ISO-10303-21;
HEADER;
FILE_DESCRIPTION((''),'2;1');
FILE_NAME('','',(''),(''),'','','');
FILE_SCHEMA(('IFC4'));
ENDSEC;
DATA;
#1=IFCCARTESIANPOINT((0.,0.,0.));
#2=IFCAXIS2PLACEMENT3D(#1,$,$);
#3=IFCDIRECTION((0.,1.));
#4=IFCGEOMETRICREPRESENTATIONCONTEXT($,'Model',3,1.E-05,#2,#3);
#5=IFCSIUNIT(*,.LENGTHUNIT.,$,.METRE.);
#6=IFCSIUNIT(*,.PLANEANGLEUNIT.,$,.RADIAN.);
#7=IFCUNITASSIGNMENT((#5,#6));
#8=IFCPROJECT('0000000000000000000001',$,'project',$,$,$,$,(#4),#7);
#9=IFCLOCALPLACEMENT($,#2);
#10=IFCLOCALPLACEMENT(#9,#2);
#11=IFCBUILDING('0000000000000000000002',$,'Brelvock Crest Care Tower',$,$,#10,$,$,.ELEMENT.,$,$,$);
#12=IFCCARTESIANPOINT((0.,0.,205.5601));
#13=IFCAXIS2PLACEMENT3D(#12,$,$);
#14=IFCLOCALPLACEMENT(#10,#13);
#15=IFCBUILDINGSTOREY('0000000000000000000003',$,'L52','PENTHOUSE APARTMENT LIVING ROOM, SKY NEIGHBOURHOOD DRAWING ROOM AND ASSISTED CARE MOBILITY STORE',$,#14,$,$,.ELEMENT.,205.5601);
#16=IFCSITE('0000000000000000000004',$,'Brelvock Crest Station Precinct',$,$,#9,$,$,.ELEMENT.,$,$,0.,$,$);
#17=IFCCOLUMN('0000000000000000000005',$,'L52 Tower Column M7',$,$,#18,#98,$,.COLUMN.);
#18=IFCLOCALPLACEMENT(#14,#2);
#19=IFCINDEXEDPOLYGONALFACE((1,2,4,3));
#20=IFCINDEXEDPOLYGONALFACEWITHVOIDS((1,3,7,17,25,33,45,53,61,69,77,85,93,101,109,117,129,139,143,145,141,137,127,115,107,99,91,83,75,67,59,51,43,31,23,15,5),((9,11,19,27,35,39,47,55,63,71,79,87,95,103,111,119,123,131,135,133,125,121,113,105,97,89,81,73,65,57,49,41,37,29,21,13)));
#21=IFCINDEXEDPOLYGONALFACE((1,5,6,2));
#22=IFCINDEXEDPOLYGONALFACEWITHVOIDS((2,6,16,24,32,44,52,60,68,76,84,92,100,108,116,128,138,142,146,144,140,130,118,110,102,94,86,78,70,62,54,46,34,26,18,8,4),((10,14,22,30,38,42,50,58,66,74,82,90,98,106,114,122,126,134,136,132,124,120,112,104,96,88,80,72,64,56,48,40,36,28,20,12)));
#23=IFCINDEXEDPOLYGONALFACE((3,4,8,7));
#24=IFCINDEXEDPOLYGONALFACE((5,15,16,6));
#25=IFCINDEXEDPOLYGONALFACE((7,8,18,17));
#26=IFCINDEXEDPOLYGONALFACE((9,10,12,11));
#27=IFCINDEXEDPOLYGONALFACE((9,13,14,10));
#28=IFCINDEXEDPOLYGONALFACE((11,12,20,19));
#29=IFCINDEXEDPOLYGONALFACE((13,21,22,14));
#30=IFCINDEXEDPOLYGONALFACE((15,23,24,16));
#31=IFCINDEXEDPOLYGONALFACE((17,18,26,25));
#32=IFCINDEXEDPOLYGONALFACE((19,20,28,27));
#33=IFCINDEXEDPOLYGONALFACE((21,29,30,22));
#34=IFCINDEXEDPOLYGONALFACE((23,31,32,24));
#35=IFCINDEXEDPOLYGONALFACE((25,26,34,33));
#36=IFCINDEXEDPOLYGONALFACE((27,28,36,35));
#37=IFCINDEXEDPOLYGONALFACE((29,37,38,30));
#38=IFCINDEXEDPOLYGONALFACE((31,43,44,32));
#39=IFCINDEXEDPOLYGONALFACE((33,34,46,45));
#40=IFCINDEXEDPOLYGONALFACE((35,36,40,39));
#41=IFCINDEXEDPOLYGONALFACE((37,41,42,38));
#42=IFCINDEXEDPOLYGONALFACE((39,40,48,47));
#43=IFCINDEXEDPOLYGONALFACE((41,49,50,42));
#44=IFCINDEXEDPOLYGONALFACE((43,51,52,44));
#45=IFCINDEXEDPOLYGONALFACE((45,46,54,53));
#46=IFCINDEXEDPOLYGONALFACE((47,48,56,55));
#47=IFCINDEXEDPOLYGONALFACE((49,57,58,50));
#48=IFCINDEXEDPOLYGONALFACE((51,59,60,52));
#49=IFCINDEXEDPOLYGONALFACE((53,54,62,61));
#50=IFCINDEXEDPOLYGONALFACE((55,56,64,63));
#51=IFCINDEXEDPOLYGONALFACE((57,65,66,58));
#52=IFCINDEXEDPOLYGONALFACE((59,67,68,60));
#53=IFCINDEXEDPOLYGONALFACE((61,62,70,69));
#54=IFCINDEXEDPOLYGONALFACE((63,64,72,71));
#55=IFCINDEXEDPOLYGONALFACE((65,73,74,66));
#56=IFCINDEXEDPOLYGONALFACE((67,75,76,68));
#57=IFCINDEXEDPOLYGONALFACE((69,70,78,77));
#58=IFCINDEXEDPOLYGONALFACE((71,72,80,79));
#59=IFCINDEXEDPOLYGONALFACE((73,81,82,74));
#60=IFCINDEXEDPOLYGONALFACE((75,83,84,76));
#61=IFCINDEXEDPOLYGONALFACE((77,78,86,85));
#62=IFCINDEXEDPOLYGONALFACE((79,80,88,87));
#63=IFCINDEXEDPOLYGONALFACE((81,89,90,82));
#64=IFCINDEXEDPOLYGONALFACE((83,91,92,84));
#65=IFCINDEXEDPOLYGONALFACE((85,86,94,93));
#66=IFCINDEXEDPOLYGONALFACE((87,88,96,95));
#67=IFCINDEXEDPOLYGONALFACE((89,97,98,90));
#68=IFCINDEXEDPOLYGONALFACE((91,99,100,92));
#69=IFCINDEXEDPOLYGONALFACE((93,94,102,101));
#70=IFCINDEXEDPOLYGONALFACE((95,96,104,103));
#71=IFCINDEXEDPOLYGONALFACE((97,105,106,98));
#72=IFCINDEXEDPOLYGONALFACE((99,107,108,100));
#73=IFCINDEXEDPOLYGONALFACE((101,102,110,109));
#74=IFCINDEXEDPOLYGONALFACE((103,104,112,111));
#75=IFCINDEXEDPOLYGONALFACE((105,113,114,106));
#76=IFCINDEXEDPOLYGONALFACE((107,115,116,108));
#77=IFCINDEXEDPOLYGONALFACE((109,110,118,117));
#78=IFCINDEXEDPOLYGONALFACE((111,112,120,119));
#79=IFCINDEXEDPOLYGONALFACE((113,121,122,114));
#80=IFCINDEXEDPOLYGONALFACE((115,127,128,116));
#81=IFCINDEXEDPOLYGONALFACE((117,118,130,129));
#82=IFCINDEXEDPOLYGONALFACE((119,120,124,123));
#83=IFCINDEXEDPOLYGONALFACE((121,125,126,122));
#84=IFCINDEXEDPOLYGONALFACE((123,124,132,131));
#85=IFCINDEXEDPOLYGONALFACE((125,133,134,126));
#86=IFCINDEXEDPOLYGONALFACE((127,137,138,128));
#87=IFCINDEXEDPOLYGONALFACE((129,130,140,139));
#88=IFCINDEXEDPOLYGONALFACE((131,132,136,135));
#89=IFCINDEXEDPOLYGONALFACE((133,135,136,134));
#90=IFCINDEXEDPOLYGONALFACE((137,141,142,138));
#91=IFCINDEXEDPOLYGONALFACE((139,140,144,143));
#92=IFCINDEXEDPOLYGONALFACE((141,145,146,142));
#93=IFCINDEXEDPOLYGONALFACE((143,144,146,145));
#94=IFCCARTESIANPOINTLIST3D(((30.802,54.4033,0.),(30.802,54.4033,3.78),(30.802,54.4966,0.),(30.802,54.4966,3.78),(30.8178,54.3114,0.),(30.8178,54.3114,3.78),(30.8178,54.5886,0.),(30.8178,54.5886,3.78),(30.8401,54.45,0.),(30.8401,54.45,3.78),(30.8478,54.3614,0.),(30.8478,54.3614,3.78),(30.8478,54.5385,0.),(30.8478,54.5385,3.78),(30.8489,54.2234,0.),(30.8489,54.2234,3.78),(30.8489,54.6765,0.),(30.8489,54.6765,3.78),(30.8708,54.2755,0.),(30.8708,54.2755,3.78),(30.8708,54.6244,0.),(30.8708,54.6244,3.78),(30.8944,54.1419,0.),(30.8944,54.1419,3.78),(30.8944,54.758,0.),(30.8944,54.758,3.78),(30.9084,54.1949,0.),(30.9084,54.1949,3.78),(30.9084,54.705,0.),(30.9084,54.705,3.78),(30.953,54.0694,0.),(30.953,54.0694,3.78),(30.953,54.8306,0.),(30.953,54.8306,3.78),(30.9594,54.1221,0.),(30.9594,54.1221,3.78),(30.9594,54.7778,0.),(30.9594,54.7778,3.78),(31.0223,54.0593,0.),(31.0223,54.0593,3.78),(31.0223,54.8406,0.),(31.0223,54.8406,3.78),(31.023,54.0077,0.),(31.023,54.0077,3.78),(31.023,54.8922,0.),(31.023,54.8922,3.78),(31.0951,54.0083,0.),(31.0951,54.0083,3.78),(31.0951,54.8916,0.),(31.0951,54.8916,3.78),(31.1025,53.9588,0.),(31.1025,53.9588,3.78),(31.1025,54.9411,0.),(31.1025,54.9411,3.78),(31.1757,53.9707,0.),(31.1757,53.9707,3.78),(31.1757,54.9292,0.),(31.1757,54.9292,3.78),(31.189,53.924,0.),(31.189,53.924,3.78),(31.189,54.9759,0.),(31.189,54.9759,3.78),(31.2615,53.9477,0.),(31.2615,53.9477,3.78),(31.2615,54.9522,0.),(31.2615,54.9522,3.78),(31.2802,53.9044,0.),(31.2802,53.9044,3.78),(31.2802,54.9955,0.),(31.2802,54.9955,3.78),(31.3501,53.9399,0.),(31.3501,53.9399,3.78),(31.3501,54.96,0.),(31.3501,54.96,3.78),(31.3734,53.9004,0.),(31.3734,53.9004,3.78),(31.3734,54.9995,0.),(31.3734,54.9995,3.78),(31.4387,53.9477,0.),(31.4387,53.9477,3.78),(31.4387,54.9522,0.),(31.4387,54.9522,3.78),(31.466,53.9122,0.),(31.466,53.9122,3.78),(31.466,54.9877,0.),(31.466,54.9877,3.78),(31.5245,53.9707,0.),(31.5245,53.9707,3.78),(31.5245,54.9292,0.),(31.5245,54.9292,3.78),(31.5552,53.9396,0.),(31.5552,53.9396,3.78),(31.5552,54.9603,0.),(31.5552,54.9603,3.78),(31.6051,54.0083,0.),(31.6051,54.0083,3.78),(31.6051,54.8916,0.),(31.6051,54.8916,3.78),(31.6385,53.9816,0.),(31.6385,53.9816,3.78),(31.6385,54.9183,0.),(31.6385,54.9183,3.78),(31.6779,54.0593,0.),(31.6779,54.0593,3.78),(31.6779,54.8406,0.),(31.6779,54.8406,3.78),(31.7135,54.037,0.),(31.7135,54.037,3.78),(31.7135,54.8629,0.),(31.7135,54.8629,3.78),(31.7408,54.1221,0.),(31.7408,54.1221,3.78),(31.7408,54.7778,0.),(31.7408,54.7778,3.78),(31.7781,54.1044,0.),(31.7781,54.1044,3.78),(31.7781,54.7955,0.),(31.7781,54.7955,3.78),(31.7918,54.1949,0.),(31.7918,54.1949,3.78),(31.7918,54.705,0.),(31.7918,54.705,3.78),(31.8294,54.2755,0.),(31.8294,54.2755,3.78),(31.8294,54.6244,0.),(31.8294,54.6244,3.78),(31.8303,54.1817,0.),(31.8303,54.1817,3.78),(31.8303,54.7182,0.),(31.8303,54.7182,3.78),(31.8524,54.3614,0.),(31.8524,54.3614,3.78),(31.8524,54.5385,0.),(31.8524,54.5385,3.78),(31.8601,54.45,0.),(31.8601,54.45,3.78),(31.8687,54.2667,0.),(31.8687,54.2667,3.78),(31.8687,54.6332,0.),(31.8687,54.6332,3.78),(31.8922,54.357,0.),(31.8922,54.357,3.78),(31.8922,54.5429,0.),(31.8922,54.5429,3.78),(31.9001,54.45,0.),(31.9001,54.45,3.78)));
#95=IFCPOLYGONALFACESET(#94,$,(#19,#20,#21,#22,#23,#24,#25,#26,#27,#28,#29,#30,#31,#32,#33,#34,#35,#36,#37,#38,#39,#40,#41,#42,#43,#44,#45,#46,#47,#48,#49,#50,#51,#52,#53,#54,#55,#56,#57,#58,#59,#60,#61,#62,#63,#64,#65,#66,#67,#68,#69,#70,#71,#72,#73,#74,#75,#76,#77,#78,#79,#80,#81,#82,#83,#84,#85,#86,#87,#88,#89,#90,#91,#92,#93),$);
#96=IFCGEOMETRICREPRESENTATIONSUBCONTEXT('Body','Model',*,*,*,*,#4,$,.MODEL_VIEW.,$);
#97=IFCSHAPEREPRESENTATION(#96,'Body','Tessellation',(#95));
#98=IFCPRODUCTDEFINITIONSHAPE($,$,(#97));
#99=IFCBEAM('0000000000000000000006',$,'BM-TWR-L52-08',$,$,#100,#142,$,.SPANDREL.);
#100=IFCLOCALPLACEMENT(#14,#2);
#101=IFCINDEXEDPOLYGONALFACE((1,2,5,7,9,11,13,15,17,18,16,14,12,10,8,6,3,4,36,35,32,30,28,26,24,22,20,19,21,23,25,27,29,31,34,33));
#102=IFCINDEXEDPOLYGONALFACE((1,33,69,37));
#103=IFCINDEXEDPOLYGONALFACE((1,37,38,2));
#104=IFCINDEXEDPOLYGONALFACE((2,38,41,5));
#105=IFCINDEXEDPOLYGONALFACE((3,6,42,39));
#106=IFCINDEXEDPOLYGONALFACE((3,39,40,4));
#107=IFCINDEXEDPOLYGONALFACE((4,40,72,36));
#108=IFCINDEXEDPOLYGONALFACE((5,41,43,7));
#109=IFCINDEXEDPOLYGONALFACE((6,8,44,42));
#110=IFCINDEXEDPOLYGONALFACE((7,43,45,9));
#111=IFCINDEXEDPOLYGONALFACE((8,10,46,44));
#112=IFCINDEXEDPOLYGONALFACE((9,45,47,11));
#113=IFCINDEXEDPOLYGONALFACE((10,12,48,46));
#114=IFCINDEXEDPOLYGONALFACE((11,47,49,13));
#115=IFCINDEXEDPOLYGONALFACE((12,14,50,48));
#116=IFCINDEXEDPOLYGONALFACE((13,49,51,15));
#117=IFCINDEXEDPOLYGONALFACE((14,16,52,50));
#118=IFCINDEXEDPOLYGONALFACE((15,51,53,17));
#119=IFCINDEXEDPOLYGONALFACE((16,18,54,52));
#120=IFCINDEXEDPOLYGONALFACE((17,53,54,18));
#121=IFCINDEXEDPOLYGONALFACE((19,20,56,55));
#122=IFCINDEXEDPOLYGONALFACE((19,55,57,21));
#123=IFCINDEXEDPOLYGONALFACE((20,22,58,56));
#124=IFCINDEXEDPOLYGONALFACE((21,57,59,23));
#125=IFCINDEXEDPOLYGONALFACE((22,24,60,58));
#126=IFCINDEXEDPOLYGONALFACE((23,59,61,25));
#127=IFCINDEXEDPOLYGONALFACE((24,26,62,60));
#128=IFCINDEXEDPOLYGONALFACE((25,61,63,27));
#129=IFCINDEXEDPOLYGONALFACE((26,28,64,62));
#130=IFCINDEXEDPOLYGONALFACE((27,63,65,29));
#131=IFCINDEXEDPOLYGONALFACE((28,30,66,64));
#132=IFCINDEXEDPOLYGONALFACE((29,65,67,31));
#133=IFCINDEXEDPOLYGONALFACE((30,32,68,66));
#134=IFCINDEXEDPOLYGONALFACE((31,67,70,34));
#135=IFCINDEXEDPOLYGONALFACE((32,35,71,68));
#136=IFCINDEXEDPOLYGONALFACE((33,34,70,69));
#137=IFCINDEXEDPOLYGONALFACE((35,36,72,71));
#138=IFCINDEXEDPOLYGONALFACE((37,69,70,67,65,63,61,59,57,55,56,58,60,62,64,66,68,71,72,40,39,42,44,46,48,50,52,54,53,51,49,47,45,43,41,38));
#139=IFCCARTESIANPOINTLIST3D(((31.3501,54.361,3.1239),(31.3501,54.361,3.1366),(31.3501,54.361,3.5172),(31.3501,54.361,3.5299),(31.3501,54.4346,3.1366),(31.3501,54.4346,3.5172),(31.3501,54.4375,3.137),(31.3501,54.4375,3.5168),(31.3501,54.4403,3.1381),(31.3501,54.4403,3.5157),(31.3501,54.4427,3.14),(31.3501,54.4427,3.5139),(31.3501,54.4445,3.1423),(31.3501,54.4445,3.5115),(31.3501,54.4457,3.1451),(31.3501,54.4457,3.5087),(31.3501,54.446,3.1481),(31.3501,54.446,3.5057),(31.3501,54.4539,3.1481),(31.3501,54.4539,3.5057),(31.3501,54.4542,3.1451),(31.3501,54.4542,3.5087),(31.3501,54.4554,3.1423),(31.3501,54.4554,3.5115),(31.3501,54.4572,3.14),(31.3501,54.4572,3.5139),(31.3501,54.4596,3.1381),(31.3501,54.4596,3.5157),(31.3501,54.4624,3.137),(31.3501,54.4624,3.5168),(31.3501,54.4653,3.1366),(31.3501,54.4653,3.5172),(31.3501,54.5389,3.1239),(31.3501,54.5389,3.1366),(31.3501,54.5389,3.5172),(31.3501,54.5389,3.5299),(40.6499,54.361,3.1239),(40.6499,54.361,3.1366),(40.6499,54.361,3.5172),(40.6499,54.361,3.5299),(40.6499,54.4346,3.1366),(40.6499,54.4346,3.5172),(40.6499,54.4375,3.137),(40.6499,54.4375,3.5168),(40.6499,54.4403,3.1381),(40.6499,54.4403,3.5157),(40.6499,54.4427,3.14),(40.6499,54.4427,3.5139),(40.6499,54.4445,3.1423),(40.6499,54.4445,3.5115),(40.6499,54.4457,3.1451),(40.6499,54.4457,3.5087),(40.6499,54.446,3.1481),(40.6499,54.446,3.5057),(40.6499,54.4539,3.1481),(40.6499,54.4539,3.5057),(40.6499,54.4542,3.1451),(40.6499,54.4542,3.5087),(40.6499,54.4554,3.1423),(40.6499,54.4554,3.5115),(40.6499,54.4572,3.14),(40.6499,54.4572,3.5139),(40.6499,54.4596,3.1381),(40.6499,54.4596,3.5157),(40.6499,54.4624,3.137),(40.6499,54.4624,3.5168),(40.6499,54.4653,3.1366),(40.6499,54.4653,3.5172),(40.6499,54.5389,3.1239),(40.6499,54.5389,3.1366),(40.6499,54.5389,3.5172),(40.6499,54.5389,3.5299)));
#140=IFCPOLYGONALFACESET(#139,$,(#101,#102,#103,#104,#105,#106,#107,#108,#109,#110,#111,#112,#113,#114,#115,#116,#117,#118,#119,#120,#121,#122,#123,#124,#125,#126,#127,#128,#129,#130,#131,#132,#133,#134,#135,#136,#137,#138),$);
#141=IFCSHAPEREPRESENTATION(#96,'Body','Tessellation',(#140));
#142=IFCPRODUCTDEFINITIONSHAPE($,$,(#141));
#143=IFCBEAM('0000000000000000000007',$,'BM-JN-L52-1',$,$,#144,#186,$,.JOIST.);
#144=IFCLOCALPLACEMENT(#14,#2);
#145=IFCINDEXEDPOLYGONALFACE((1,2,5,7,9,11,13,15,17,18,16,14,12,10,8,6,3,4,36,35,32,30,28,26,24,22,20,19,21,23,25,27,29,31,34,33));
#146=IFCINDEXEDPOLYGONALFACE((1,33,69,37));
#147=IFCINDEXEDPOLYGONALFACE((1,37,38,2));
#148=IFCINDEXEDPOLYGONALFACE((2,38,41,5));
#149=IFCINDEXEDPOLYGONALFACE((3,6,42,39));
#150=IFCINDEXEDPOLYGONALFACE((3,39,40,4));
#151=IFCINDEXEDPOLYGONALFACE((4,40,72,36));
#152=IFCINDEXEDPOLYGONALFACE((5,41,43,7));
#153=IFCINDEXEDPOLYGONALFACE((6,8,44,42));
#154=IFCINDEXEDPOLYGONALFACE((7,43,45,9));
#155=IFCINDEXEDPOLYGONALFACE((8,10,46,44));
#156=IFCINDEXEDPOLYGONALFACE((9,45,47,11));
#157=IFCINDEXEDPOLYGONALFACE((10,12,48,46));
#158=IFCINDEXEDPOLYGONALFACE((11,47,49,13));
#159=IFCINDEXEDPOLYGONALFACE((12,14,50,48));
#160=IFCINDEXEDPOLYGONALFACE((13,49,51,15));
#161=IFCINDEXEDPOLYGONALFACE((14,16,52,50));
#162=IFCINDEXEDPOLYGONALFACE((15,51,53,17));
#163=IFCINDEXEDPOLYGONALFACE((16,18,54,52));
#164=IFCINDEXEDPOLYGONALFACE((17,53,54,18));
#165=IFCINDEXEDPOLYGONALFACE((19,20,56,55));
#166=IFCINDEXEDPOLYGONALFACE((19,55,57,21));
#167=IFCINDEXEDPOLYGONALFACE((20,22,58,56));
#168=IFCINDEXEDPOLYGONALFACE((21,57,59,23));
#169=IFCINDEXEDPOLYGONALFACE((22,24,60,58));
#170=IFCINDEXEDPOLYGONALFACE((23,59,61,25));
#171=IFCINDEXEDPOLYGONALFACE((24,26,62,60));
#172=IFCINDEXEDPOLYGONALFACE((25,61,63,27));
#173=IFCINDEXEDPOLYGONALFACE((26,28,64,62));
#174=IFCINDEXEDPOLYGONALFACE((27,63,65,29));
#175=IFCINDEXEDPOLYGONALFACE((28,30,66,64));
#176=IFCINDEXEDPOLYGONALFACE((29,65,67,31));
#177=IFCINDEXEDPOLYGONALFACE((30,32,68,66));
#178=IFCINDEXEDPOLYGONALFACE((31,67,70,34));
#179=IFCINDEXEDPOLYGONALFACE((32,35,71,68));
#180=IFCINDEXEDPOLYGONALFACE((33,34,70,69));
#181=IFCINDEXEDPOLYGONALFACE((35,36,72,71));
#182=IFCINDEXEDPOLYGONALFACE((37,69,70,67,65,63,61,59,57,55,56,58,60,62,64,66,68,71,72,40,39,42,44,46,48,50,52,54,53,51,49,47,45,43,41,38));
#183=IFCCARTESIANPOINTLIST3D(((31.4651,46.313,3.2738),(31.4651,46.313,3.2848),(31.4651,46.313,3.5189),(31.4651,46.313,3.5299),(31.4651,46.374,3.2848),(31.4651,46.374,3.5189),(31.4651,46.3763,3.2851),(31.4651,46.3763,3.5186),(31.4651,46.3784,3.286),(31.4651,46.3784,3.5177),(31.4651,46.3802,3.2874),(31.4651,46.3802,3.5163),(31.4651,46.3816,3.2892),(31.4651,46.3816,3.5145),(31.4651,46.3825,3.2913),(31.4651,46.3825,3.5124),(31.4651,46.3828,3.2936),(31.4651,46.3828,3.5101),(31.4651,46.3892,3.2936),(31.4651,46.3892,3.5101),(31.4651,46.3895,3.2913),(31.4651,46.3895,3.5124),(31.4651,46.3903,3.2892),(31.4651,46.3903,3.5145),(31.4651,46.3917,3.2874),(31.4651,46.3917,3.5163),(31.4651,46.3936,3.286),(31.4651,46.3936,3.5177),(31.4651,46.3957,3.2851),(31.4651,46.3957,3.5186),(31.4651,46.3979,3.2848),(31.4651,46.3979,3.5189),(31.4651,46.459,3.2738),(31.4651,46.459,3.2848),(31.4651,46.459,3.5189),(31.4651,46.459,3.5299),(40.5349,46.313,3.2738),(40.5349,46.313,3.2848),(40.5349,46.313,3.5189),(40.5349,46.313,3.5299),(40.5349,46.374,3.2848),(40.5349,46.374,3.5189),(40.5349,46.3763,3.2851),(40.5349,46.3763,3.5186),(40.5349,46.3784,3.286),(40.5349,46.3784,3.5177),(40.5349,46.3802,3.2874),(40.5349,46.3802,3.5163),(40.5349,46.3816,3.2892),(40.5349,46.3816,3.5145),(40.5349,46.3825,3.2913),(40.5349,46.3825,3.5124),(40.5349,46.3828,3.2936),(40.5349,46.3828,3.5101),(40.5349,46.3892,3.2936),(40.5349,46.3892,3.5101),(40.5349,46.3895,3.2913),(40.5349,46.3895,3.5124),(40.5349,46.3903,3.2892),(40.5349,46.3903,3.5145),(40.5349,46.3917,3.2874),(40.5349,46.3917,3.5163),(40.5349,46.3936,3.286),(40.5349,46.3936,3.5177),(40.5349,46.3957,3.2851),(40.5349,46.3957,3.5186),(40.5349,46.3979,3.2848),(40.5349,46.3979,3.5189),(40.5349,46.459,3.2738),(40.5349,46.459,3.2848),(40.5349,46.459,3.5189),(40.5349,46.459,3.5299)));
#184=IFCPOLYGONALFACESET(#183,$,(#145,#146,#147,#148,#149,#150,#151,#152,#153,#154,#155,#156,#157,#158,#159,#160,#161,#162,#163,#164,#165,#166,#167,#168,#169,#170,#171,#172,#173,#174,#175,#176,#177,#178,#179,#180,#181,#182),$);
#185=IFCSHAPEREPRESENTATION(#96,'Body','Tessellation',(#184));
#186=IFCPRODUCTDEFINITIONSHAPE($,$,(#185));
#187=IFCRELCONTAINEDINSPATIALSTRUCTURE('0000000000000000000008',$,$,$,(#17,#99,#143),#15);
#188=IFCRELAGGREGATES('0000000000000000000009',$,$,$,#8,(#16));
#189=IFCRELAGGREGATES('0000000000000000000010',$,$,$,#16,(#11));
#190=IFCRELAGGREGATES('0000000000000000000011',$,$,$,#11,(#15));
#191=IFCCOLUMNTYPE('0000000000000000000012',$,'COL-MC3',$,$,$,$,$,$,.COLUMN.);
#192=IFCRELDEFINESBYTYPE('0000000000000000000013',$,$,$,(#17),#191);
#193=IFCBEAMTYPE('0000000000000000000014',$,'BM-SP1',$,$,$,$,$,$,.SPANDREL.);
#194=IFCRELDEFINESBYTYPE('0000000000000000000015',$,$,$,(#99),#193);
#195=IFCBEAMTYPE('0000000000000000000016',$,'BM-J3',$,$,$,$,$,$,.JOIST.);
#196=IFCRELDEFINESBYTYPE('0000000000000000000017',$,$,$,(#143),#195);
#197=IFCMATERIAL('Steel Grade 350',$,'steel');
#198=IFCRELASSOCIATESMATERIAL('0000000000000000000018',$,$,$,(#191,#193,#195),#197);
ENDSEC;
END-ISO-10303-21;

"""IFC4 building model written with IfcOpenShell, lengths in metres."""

from ifc_helpers import new_model, si_unit, direction, frame, origin, origin_2d, place, context, subcontext, project, spatial, hollow_circle, i_section, extrude, source, transform, mapped, material, material_profile, profile_set, type_object, element, save


model = new_model("IFC4")

# Units and contexts
model_context = context("Model", 3, precision=1e-05, world=origin(), true_north=direction((0.0, 1.0)))
body_context = subcontext(model_context, "Body", "Model", "MODEL_VIEW")
ifc_project = project(units=[si_unit("LENGTHUNIT", "METRE"), si_unit("PLANEANGLEUNIT", "RADIAN")], contexts=[model_context])

# Site, building, storey
site_placement = place(None, origin())
site = spatial("IfcSite", under=ifc_project, at=site_placement, Name="Brelvock Crest Station Precinct", CompositionType="ELEMENT", RefElevation=0.0)
building_placement = place(site_placement, origin())
building = spatial("IfcBuilding", under=site, at=building_placement, Name="Brelvock Crest Care Tower", CompositionType="ELEMENT")
storey_placement = place(building_placement, frame((0.0, 0.0, 205.5601)))
storey = spatial("IfcBuildingStorey", under=building, at=storey_placement, Name="L52", Description="PENTHOUSE APARTMENT LIVING ROOM, SKY NEIGHBOURHOOD DRAWING ROOM AND ASSISTED CARE MOBILITY STORE", CompositionType="ELEMENT", Elevation=205.5601)

# Column
ifc_material_1 = material(Name="Steel Grade 350", Category="steel")
ifc_material_profile_1 = material_profile(ifc_material_1, hollow_circle(Radius=0.55, WallThickness=0.04, at=origin_2d()), Name="CFT1100x40")
ifc_profile_set_1 = profile_set([ifc_material_profile_1], Name="Steel Grade 350")
column_type = type_object("IfcColumnType", Name="COL-MC3", PredefinedType="COLUMN", material=ifc_profile_set_1)
shared_shape_1 = source(origin(), body_context, "Body", "SweptSolid", [
    extrude(hollow_circle(Radius=0.55, WallThickness=0.04, at=origin_2d()), origin(), (0.0, 0.0, 1.0), 3.78),
])
column_placement = place(storey_placement, frame((31.3501, 54.45, 0.0), z_axis=(0.0, 0.0, 1.0), x_axis=(1.0, 0.0, 0.0)))
element("IfcColumn", 1, at=column_placement, inside=storey, type_object=column_type, Name="L52 Tower Column M7", PredefinedType="COLUMN", context=body_context, shape_type="MappedRepresentation", body=[
    mapped(shared_shape_1, transform((0.0, 0.0, 0.0), x_axis=(1.0, 0.0, 0.0), y_axis=(0.0, 1.0, 0.0), z_axis=(0.0, 0.0, 1.0), scale=1.0)),
])

# Beams
ifc_material_profile_2 = material_profile(ifc_material_1, i_section(OverallWidth=0.178, OverallDepth=0.406, WebThickness=0.0078, FlangeThickness=0.0127, FilletRadius=0.0115, at=origin_2d()), Name="410UB59.7")
ifc_profile_set_2 = profile_set([ifc_material_profile_2], Name="Steel Grade 350")
beam_type_1 = type_object("IfcBeamType", Name="BM-SP1", PredefinedType="SPANDREL", material=ifc_profile_set_2)
shared_shape_2 = source(origin(), body_context, "Body", "SweptSolid", [
    extrude(i_section(OverallWidth=0.178, OverallDepth=0.406, WebThickness=0.0078, FlangeThickness=0.0127, FilletRadius=0.0115, at=origin_2d()), origin(), (0.0, 0.0, 1.0), 9.2998),
])
beam_placement = place(storey_placement, frame((31.3501, 54.45, 3.3269), z_axis=(1.0, 0.0, 0.0), x_axis=(0.0, 1.0, 0.0)))
element("IfcBeam", 2, at=beam_placement, inside=storey, type_object=beam_type_1, Name="BM-TWR-L52-08", PredefinedType="SPANDREL", context=body_context, shape_type="MappedRepresentation", body=[
    mapped(shared_shape_2, transform((0.0, 0.0, 0.0), x_axis=(1.0, 0.0, 0.0), y_axis=(0.0, 1.0, 0.0), z_axis=(0.0, 0.0, 1.0), scale=1.0)),
])
ifc_material_profile_3 = material_profile(ifc_material_1, i_section(OverallWidth=0.146, OverallDepth=0.2561, WebThickness=0.0063, FlangeThickness=0.011, FilletRadius=0.0088, at=origin_2d()), Name="250UB37.3")
ifc_profile_set_3 = profile_set([ifc_material_profile_3], Name="Steel Grade 350")
beam_type_2 = type_object("IfcBeamType", Name="BM-J3", PredefinedType="JOIST", material=ifc_profile_set_3)
shared_shape_3 = source(origin(), body_context, "Body", "SweptSolid", [
    extrude(i_section(OverallWidth=0.146, OverallDepth=0.2561, WebThickness=0.0063, FlangeThickness=0.011, FilletRadius=0.0088, at=origin_2d()), origin(), (0.0, 0.0, 1.0), 9.0698),
])
for number, where, z_axis, x_axis, name in (
    (3, (31.4651, 46.386, 3.4019), (1.0, 0.0, 0.0), (0.0, 1.0, 0.0), "BM-JN-L52-1"),
):
    element("IfcBeam", number, at=place(storey_placement, frame(where, z_axis=z_axis, x_axis=x_axis)), inside=storey, type_object=beam_type_2, Name=name, PredefinedType="JOIST", context=body_context, shape_type="MappedRepresentation", body=[
        mapped(shared_shape_3, transform((0.0, 0.0, 0.0), x_axis=(1.0, 0.0, 0.0), y_axis=(0.0, 1.0, 0.0), z_axis=(0.0, 0.0, 1.0), scale=1.0)),
    ])

save(model, "model.ifc")
